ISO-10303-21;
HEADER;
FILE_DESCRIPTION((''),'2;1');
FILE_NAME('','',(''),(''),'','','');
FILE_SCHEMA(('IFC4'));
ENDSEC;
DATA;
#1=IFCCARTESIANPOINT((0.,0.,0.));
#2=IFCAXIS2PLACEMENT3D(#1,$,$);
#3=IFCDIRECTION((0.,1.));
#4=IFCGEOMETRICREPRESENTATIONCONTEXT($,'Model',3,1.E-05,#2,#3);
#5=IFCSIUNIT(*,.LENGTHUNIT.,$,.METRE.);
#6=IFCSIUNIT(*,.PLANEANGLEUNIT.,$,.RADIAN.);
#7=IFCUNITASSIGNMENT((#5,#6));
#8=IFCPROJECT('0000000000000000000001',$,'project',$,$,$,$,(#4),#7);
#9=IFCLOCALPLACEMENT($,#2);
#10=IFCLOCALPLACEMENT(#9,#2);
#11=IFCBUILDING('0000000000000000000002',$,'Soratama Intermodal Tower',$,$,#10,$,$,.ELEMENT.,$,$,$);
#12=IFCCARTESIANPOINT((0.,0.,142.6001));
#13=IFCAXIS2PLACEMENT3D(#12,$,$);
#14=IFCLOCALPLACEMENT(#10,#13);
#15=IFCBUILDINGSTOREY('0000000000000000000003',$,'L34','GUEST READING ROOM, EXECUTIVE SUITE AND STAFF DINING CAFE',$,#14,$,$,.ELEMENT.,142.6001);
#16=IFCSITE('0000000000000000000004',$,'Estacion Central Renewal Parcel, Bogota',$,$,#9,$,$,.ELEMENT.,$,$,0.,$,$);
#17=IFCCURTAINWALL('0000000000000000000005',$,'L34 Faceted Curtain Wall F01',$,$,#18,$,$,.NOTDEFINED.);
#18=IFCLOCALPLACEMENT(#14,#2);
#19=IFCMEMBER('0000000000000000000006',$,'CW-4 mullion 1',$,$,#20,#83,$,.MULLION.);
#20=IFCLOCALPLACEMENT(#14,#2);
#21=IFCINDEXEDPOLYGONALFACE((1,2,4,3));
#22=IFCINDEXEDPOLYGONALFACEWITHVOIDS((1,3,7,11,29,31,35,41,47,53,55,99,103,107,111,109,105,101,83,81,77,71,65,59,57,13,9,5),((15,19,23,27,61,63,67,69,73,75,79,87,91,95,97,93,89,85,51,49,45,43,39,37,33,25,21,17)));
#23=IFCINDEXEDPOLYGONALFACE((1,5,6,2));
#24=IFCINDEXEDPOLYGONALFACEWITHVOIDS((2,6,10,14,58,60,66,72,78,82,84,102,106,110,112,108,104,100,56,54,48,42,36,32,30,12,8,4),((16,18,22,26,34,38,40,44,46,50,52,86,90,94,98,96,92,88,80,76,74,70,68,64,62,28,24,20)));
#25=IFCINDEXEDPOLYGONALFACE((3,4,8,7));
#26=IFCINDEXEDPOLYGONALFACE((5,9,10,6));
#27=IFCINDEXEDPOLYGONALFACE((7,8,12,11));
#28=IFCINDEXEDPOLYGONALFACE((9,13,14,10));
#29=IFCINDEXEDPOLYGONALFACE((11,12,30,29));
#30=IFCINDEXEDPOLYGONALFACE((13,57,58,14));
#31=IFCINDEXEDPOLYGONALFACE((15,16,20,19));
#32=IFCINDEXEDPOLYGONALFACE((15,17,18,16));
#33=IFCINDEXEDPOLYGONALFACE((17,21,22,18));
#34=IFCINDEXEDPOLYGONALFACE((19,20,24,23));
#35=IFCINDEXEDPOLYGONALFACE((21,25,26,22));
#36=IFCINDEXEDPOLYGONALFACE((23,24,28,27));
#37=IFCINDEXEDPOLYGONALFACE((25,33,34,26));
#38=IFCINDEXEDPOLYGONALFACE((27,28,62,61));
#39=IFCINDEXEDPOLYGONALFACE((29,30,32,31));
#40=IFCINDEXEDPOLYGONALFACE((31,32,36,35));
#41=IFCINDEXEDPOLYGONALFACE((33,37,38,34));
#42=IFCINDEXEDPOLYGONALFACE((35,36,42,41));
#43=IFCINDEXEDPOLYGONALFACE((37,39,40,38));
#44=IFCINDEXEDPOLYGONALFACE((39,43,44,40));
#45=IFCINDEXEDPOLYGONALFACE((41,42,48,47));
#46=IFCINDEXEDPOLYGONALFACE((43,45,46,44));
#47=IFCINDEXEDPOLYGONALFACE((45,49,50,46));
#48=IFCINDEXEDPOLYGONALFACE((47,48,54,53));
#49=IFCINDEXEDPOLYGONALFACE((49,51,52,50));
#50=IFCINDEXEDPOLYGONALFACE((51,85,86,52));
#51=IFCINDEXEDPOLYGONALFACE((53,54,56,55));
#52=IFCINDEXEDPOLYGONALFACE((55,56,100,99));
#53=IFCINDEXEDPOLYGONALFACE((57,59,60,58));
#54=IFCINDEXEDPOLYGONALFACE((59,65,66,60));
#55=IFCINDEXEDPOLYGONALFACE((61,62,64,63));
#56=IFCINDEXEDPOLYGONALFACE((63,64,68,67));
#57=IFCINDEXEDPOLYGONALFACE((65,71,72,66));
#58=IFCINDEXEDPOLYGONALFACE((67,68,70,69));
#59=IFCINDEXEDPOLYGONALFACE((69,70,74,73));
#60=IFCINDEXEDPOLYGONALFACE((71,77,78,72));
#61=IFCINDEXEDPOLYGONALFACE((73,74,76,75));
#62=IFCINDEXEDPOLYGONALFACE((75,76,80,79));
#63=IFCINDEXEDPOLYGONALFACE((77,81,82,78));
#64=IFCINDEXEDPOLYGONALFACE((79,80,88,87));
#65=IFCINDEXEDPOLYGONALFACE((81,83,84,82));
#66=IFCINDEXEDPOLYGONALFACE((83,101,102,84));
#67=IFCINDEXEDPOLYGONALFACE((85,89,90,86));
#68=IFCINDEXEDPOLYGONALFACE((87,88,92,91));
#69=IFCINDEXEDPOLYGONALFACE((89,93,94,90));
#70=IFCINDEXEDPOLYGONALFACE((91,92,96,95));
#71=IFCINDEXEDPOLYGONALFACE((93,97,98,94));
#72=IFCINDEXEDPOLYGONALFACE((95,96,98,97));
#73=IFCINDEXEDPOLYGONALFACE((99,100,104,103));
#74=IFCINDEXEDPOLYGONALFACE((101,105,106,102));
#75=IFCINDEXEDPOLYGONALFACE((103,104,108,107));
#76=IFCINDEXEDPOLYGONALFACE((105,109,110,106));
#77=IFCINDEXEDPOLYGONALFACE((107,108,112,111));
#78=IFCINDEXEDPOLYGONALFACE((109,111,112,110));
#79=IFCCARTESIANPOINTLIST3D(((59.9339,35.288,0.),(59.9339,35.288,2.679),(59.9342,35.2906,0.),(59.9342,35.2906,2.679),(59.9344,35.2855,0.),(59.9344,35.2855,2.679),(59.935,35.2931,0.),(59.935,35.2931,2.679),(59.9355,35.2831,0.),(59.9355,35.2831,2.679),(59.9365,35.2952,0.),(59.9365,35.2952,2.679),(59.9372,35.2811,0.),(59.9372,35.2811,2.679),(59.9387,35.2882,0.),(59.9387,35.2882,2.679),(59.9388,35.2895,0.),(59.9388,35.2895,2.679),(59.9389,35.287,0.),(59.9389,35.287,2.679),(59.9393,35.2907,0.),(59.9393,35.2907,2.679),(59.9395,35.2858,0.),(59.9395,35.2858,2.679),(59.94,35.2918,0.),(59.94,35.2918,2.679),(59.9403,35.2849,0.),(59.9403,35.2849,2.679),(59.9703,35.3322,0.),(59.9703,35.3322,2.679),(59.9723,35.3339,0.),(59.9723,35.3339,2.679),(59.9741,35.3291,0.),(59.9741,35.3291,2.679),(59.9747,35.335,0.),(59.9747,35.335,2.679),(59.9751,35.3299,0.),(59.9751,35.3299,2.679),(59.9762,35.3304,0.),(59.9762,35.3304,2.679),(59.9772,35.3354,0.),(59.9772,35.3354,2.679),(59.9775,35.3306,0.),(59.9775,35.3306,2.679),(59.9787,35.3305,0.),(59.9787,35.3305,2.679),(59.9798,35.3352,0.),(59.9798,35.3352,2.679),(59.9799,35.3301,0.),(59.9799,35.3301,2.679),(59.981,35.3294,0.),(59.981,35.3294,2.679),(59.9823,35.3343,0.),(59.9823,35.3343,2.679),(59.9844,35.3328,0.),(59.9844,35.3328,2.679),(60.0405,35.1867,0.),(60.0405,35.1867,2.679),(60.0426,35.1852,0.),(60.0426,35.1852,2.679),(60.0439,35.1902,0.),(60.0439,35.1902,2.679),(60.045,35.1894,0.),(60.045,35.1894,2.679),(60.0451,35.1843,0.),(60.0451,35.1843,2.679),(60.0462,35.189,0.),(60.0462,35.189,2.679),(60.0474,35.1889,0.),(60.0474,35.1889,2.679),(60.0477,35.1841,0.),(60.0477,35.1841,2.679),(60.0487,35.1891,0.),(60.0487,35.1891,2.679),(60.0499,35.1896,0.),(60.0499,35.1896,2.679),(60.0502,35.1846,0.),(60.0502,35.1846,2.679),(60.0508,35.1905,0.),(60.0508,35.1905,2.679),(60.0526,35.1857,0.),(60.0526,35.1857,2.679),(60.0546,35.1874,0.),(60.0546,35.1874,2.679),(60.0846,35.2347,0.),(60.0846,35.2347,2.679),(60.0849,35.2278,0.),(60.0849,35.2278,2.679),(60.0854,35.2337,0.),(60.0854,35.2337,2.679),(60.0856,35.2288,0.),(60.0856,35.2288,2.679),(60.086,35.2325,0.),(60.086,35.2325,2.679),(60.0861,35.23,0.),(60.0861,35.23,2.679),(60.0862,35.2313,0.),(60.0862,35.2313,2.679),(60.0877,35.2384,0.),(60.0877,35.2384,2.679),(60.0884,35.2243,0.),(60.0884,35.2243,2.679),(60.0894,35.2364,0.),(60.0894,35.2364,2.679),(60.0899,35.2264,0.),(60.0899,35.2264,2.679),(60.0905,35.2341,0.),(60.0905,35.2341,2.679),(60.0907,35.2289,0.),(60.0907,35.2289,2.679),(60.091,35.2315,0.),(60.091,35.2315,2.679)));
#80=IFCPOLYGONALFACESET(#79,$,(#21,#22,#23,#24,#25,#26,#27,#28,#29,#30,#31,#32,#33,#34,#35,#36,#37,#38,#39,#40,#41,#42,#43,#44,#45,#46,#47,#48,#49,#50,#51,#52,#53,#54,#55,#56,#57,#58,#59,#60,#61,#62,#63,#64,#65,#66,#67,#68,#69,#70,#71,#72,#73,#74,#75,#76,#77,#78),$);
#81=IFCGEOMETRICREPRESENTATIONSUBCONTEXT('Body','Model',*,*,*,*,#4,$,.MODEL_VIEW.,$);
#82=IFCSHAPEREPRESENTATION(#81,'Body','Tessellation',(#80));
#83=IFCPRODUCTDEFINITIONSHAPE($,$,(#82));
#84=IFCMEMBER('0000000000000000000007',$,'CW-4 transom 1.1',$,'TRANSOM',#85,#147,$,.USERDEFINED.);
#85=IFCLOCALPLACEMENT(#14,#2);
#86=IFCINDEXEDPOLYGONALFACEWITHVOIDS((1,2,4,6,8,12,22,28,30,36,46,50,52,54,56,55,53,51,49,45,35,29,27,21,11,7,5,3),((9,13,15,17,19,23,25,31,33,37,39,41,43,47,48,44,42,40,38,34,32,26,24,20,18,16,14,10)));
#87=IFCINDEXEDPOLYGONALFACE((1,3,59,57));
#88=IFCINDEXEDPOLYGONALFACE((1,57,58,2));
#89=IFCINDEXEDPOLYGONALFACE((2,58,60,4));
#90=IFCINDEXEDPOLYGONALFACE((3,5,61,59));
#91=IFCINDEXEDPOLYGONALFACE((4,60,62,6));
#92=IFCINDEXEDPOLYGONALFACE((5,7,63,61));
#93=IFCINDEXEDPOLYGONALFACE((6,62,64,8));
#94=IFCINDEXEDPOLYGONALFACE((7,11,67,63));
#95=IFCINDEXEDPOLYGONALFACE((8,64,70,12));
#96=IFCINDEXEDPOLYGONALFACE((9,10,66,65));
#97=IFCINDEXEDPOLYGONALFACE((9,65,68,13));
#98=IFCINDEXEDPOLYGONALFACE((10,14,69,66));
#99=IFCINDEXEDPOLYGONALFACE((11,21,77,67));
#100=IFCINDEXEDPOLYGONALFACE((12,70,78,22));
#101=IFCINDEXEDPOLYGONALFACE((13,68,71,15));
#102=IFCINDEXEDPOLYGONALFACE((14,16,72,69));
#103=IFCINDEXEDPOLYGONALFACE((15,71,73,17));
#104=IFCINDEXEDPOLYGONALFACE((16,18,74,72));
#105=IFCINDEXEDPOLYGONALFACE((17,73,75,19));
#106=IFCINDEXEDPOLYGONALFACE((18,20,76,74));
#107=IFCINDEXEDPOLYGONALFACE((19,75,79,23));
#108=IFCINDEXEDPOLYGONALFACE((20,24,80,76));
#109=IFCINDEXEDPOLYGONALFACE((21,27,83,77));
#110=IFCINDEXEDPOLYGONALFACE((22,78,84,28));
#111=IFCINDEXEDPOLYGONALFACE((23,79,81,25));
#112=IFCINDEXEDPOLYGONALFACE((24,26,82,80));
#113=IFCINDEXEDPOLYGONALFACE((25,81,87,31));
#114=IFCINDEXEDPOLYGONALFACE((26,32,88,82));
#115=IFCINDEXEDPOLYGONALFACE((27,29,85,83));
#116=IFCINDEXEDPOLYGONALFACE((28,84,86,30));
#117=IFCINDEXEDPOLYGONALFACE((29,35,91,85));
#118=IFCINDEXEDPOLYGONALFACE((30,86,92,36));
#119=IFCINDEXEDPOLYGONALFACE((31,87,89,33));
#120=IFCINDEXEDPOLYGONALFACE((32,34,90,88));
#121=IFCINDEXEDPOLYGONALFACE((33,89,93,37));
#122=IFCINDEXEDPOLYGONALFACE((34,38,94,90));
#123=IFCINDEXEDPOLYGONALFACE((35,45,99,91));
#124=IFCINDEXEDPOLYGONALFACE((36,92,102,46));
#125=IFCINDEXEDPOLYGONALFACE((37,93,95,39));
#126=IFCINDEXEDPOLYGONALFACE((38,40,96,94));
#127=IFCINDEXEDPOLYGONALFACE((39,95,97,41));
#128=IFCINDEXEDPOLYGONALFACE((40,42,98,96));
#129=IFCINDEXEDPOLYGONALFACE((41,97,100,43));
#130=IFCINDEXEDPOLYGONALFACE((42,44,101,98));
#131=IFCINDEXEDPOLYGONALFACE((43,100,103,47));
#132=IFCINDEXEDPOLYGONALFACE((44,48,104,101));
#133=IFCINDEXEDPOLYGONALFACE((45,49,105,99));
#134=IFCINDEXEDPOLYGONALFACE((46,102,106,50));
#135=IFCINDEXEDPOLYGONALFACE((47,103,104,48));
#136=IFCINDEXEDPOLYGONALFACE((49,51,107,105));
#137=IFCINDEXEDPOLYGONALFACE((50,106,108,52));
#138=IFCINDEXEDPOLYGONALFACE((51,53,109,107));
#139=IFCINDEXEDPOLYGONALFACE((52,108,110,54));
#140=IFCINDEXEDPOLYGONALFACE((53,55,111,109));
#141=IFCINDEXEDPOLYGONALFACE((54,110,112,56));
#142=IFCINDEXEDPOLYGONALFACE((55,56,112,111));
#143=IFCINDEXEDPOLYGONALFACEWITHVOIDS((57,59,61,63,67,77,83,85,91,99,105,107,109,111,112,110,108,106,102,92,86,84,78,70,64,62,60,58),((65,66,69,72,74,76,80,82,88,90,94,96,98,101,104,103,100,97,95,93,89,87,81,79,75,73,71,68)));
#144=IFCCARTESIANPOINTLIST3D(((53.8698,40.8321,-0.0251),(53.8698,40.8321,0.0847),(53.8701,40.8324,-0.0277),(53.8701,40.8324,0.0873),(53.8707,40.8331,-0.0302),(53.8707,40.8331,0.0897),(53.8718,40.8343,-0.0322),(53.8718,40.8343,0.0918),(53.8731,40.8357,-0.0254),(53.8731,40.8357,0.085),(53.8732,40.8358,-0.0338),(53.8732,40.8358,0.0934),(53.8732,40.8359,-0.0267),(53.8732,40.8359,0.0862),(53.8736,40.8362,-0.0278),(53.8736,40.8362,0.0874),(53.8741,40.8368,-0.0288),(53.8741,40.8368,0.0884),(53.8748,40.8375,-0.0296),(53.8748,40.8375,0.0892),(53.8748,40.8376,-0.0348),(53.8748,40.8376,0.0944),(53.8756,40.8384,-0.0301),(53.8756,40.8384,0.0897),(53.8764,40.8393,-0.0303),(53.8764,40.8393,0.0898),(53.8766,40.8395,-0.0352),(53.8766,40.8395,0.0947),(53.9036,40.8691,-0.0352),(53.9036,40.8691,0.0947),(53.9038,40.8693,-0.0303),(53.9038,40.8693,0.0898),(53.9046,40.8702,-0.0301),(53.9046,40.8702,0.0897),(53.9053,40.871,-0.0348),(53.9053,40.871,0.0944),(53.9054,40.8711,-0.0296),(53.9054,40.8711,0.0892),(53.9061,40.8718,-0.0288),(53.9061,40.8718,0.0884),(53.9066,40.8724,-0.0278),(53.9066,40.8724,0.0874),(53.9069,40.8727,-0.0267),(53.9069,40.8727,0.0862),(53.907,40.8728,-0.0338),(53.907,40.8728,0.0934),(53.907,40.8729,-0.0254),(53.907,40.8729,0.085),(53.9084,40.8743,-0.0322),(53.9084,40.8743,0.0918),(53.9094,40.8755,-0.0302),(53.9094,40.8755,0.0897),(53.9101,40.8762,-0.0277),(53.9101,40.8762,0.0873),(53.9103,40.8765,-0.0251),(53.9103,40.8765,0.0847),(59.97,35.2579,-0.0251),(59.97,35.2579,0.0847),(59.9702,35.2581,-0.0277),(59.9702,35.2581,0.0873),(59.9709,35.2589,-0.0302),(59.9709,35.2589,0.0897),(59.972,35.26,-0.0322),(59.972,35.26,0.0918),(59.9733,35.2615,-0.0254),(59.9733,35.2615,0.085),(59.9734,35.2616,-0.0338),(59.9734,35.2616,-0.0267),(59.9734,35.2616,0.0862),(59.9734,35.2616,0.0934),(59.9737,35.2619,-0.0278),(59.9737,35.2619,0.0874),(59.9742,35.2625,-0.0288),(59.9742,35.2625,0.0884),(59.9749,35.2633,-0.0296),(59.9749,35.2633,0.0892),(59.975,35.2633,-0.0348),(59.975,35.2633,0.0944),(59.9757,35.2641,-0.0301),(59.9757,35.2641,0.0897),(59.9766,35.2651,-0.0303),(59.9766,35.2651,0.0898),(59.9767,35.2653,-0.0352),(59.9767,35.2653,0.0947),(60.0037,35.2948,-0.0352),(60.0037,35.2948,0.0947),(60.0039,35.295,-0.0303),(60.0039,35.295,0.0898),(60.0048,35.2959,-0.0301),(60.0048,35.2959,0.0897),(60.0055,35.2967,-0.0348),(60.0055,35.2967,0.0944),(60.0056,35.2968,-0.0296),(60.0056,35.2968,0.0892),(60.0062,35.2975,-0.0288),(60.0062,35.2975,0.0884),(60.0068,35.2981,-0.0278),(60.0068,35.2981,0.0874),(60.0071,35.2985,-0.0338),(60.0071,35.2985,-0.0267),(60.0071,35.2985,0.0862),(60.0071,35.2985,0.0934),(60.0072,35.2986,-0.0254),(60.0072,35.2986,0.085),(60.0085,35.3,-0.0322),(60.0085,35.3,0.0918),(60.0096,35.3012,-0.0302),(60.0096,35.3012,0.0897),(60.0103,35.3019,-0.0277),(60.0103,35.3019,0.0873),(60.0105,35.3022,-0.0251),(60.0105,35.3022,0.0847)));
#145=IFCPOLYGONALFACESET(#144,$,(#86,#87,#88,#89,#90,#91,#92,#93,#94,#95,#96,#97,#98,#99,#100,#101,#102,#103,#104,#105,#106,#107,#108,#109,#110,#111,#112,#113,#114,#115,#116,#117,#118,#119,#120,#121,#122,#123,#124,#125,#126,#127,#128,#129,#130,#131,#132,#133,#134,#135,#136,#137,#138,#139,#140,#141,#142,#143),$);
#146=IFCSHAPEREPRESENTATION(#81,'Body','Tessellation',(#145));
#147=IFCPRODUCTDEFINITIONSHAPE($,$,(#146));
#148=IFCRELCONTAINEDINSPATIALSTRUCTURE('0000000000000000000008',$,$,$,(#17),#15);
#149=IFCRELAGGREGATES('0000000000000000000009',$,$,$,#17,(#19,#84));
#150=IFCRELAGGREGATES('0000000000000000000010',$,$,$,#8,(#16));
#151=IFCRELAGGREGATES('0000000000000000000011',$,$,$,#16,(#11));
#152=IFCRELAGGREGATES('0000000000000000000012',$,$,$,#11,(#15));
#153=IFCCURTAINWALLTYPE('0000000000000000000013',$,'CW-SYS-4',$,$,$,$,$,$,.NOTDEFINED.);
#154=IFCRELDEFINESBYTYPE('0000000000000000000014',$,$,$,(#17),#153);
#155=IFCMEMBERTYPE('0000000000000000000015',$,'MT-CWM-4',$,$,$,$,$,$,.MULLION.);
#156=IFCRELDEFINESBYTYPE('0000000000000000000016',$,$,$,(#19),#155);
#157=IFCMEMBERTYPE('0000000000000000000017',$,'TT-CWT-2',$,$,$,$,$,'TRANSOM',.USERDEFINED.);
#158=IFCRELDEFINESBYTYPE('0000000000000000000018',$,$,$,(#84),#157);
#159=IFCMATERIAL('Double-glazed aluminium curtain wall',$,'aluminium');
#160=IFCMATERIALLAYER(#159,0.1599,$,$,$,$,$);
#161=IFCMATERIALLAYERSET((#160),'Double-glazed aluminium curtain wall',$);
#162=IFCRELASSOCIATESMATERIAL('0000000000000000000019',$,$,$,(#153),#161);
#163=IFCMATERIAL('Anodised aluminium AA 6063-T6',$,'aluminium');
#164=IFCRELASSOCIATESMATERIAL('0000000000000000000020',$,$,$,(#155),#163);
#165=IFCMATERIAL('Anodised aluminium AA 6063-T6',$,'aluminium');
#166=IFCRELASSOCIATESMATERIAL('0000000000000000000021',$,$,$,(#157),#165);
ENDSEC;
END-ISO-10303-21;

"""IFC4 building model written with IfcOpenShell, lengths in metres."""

from ifc_helpers import new_model, si_unit, direction, frame, origin, origin_2d, place, context, subcontext, project, spatial, hollow_rectangle, extrude, material, layer, layer_set, material_profile, profile_set, type_object, element, aggregate, save


model = new_model("IFC4")

# Units and contexts
model_context = context("Model", 3, precision=1e-05, world=origin(), true_north=direction((0.0, 1.0)))
body_context = subcontext(model_context, "Body", "Model", "MODEL_VIEW")
ifc_project = project(units=[si_unit("LENGTHUNIT", "METRE"), si_unit("PLANEANGLEUNIT", "RADIAN")], contexts=[model_context])

# Site, building, storey
site_placement = place(None, origin())
site = spatial("IfcSite", under=ifc_project, at=site_placement, Name="Estacion Central Renewal Parcel, Bogota", CompositionType="ELEMENT", RefElevation=0.0)
building_placement = place(site_placement, origin())
building = spatial("IfcBuilding", under=site, at=building_placement, Name="Soratama Intermodal Tower", CompositionType="ELEMENT")
storey_placement = place(building_placement, frame((0.0, 0.0, 142.6001)))
storey = spatial("IfcBuildingStorey", under=building, at=storey_placement, Name="L34", Description="GUEST READING ROOM, EXECUTIVE SUITE AND STAFF DINING CAFE", CompositionType="ELEMENT", Elevation=142.6001)

# Curtain wall, members
ifc_material_1 = material(Name="Double-glazed aluminium curtain wall", Category="aluminium")
ifc_layer_1 = layer(ifc_material_1, 0.1599)
ifc_layer_set_1 = layer_set([ifc_layer_1], Name="Double-glazed aluminium curtain wall")
curtain_wall_type = type_object("IfcCurtainWallType", Name="CW-SYS-4", PredefinedType="NOTDEFINED", material=ifc_layer_set_1)
curtain_wall_placement = place(storey_placement, origin())
curtain_wall = element("IfcCurtainWall", 1, at=curtain_wall_placement, inside=storey, type_object=curtain_wall_type, Name="L34 Faceted Curtain Wall F01", PredefinedType="NOTDEFINED")
ifc_material_2 = material(Name="Anodised aluminium AA 6063-T6", Category="aluminium")
ifc_material_profile_1 = material_profile(ifc_material_2, hollow_rectangle(XDim=0.0701, YDim=0.1599, WallThickness=0.0049, InnerFilletRadius=0.0049, OuterFilletRadius=0.01, at=origin_2d()), Name="CWM160X70X5")
ifc_profile_set_1 = profile_set([ifc_material_profile_1], Name="Anodised aluminium AA 6063-T6")
member_type_1 = type_object("IfcMemberType", Name="MT-CWM-4", PredefinedType="MULLION", material=ifc_profile_set_1)
member_1_placement = place(storey_placement, frame((60.0125, 35.2598, 0.0), z_axis=(0.0, 0.0, 1.0), x_axis=(-0.674559, -0.738221, 0.0)))
member_1 = element("IfcMember", 2, at=member_1_placement, type_object=member_type_1, Name="CW-4 mullion 1", PredefinedType="MULLION", context=body_context, shape_type="SweptSolid", body=[
    extrude(hollow_rectangle(XDim=0.0701, YDim=0.1599, WallThickness=0.0049, InnerFilletRadius=0.0049, OuterFilletRadius=0.01, at=origin_2d()), origin(), (0.0, 0.0, 1.0), 2.679),
])
ifc_material_3 = material(Name="Anodised aluminium AA 6063-T6", Category="aluminium")
ifc_material_profile_2 = material_profile(ifc_material_3, hollow_rectangle(XDim=0.0601, YDim=0.1299, WallThickness=0.0049, InnerFilletRadius=0.0049, OuterFilletRadius=0.01, at=origin_2d()), Name="CWT130X60X5")
ifc_profile_set_2 = profile_set([ifc_material_profile_2], Name="Anodised aluminium AA 6063-T6")
member_type_2 = type_object("IfcMemberType", Name="TT-CWT-2", ElementType="TRANSOM", PredefinedType="USERDEFINED", material=ifc_profile_set_2)
member_2_placement = place(storey_placement, frame((59.9902, 35.28, 0.0298), z_axis=(-0.73821, 0.674571, 0.0), x_axis=(-0.674571, -0.73821, 0.0)))
member_2 = element("IfcMember", 3, at=member_2_placement, type_object=member_type_2, Name="CW-4 transom 1.1", ObjectType="TRANSOM", PredefinedType="USERDEFINED", context=body_context, shape_type="SweptSolid", body=[
    extrude(hollow_rectangle(XDim=0.0601, YDim=0.1299, WallThickness=0.0049, InnerFilletRadius=0.0049, OuterFilletRadius=0.01, at=origin_2d()), origin(), (0.0, 0.0, 1.0), 8.2634),
])
aggregate(curtain_wall, [member_1, member_2])

save(model, "model.ifc")
